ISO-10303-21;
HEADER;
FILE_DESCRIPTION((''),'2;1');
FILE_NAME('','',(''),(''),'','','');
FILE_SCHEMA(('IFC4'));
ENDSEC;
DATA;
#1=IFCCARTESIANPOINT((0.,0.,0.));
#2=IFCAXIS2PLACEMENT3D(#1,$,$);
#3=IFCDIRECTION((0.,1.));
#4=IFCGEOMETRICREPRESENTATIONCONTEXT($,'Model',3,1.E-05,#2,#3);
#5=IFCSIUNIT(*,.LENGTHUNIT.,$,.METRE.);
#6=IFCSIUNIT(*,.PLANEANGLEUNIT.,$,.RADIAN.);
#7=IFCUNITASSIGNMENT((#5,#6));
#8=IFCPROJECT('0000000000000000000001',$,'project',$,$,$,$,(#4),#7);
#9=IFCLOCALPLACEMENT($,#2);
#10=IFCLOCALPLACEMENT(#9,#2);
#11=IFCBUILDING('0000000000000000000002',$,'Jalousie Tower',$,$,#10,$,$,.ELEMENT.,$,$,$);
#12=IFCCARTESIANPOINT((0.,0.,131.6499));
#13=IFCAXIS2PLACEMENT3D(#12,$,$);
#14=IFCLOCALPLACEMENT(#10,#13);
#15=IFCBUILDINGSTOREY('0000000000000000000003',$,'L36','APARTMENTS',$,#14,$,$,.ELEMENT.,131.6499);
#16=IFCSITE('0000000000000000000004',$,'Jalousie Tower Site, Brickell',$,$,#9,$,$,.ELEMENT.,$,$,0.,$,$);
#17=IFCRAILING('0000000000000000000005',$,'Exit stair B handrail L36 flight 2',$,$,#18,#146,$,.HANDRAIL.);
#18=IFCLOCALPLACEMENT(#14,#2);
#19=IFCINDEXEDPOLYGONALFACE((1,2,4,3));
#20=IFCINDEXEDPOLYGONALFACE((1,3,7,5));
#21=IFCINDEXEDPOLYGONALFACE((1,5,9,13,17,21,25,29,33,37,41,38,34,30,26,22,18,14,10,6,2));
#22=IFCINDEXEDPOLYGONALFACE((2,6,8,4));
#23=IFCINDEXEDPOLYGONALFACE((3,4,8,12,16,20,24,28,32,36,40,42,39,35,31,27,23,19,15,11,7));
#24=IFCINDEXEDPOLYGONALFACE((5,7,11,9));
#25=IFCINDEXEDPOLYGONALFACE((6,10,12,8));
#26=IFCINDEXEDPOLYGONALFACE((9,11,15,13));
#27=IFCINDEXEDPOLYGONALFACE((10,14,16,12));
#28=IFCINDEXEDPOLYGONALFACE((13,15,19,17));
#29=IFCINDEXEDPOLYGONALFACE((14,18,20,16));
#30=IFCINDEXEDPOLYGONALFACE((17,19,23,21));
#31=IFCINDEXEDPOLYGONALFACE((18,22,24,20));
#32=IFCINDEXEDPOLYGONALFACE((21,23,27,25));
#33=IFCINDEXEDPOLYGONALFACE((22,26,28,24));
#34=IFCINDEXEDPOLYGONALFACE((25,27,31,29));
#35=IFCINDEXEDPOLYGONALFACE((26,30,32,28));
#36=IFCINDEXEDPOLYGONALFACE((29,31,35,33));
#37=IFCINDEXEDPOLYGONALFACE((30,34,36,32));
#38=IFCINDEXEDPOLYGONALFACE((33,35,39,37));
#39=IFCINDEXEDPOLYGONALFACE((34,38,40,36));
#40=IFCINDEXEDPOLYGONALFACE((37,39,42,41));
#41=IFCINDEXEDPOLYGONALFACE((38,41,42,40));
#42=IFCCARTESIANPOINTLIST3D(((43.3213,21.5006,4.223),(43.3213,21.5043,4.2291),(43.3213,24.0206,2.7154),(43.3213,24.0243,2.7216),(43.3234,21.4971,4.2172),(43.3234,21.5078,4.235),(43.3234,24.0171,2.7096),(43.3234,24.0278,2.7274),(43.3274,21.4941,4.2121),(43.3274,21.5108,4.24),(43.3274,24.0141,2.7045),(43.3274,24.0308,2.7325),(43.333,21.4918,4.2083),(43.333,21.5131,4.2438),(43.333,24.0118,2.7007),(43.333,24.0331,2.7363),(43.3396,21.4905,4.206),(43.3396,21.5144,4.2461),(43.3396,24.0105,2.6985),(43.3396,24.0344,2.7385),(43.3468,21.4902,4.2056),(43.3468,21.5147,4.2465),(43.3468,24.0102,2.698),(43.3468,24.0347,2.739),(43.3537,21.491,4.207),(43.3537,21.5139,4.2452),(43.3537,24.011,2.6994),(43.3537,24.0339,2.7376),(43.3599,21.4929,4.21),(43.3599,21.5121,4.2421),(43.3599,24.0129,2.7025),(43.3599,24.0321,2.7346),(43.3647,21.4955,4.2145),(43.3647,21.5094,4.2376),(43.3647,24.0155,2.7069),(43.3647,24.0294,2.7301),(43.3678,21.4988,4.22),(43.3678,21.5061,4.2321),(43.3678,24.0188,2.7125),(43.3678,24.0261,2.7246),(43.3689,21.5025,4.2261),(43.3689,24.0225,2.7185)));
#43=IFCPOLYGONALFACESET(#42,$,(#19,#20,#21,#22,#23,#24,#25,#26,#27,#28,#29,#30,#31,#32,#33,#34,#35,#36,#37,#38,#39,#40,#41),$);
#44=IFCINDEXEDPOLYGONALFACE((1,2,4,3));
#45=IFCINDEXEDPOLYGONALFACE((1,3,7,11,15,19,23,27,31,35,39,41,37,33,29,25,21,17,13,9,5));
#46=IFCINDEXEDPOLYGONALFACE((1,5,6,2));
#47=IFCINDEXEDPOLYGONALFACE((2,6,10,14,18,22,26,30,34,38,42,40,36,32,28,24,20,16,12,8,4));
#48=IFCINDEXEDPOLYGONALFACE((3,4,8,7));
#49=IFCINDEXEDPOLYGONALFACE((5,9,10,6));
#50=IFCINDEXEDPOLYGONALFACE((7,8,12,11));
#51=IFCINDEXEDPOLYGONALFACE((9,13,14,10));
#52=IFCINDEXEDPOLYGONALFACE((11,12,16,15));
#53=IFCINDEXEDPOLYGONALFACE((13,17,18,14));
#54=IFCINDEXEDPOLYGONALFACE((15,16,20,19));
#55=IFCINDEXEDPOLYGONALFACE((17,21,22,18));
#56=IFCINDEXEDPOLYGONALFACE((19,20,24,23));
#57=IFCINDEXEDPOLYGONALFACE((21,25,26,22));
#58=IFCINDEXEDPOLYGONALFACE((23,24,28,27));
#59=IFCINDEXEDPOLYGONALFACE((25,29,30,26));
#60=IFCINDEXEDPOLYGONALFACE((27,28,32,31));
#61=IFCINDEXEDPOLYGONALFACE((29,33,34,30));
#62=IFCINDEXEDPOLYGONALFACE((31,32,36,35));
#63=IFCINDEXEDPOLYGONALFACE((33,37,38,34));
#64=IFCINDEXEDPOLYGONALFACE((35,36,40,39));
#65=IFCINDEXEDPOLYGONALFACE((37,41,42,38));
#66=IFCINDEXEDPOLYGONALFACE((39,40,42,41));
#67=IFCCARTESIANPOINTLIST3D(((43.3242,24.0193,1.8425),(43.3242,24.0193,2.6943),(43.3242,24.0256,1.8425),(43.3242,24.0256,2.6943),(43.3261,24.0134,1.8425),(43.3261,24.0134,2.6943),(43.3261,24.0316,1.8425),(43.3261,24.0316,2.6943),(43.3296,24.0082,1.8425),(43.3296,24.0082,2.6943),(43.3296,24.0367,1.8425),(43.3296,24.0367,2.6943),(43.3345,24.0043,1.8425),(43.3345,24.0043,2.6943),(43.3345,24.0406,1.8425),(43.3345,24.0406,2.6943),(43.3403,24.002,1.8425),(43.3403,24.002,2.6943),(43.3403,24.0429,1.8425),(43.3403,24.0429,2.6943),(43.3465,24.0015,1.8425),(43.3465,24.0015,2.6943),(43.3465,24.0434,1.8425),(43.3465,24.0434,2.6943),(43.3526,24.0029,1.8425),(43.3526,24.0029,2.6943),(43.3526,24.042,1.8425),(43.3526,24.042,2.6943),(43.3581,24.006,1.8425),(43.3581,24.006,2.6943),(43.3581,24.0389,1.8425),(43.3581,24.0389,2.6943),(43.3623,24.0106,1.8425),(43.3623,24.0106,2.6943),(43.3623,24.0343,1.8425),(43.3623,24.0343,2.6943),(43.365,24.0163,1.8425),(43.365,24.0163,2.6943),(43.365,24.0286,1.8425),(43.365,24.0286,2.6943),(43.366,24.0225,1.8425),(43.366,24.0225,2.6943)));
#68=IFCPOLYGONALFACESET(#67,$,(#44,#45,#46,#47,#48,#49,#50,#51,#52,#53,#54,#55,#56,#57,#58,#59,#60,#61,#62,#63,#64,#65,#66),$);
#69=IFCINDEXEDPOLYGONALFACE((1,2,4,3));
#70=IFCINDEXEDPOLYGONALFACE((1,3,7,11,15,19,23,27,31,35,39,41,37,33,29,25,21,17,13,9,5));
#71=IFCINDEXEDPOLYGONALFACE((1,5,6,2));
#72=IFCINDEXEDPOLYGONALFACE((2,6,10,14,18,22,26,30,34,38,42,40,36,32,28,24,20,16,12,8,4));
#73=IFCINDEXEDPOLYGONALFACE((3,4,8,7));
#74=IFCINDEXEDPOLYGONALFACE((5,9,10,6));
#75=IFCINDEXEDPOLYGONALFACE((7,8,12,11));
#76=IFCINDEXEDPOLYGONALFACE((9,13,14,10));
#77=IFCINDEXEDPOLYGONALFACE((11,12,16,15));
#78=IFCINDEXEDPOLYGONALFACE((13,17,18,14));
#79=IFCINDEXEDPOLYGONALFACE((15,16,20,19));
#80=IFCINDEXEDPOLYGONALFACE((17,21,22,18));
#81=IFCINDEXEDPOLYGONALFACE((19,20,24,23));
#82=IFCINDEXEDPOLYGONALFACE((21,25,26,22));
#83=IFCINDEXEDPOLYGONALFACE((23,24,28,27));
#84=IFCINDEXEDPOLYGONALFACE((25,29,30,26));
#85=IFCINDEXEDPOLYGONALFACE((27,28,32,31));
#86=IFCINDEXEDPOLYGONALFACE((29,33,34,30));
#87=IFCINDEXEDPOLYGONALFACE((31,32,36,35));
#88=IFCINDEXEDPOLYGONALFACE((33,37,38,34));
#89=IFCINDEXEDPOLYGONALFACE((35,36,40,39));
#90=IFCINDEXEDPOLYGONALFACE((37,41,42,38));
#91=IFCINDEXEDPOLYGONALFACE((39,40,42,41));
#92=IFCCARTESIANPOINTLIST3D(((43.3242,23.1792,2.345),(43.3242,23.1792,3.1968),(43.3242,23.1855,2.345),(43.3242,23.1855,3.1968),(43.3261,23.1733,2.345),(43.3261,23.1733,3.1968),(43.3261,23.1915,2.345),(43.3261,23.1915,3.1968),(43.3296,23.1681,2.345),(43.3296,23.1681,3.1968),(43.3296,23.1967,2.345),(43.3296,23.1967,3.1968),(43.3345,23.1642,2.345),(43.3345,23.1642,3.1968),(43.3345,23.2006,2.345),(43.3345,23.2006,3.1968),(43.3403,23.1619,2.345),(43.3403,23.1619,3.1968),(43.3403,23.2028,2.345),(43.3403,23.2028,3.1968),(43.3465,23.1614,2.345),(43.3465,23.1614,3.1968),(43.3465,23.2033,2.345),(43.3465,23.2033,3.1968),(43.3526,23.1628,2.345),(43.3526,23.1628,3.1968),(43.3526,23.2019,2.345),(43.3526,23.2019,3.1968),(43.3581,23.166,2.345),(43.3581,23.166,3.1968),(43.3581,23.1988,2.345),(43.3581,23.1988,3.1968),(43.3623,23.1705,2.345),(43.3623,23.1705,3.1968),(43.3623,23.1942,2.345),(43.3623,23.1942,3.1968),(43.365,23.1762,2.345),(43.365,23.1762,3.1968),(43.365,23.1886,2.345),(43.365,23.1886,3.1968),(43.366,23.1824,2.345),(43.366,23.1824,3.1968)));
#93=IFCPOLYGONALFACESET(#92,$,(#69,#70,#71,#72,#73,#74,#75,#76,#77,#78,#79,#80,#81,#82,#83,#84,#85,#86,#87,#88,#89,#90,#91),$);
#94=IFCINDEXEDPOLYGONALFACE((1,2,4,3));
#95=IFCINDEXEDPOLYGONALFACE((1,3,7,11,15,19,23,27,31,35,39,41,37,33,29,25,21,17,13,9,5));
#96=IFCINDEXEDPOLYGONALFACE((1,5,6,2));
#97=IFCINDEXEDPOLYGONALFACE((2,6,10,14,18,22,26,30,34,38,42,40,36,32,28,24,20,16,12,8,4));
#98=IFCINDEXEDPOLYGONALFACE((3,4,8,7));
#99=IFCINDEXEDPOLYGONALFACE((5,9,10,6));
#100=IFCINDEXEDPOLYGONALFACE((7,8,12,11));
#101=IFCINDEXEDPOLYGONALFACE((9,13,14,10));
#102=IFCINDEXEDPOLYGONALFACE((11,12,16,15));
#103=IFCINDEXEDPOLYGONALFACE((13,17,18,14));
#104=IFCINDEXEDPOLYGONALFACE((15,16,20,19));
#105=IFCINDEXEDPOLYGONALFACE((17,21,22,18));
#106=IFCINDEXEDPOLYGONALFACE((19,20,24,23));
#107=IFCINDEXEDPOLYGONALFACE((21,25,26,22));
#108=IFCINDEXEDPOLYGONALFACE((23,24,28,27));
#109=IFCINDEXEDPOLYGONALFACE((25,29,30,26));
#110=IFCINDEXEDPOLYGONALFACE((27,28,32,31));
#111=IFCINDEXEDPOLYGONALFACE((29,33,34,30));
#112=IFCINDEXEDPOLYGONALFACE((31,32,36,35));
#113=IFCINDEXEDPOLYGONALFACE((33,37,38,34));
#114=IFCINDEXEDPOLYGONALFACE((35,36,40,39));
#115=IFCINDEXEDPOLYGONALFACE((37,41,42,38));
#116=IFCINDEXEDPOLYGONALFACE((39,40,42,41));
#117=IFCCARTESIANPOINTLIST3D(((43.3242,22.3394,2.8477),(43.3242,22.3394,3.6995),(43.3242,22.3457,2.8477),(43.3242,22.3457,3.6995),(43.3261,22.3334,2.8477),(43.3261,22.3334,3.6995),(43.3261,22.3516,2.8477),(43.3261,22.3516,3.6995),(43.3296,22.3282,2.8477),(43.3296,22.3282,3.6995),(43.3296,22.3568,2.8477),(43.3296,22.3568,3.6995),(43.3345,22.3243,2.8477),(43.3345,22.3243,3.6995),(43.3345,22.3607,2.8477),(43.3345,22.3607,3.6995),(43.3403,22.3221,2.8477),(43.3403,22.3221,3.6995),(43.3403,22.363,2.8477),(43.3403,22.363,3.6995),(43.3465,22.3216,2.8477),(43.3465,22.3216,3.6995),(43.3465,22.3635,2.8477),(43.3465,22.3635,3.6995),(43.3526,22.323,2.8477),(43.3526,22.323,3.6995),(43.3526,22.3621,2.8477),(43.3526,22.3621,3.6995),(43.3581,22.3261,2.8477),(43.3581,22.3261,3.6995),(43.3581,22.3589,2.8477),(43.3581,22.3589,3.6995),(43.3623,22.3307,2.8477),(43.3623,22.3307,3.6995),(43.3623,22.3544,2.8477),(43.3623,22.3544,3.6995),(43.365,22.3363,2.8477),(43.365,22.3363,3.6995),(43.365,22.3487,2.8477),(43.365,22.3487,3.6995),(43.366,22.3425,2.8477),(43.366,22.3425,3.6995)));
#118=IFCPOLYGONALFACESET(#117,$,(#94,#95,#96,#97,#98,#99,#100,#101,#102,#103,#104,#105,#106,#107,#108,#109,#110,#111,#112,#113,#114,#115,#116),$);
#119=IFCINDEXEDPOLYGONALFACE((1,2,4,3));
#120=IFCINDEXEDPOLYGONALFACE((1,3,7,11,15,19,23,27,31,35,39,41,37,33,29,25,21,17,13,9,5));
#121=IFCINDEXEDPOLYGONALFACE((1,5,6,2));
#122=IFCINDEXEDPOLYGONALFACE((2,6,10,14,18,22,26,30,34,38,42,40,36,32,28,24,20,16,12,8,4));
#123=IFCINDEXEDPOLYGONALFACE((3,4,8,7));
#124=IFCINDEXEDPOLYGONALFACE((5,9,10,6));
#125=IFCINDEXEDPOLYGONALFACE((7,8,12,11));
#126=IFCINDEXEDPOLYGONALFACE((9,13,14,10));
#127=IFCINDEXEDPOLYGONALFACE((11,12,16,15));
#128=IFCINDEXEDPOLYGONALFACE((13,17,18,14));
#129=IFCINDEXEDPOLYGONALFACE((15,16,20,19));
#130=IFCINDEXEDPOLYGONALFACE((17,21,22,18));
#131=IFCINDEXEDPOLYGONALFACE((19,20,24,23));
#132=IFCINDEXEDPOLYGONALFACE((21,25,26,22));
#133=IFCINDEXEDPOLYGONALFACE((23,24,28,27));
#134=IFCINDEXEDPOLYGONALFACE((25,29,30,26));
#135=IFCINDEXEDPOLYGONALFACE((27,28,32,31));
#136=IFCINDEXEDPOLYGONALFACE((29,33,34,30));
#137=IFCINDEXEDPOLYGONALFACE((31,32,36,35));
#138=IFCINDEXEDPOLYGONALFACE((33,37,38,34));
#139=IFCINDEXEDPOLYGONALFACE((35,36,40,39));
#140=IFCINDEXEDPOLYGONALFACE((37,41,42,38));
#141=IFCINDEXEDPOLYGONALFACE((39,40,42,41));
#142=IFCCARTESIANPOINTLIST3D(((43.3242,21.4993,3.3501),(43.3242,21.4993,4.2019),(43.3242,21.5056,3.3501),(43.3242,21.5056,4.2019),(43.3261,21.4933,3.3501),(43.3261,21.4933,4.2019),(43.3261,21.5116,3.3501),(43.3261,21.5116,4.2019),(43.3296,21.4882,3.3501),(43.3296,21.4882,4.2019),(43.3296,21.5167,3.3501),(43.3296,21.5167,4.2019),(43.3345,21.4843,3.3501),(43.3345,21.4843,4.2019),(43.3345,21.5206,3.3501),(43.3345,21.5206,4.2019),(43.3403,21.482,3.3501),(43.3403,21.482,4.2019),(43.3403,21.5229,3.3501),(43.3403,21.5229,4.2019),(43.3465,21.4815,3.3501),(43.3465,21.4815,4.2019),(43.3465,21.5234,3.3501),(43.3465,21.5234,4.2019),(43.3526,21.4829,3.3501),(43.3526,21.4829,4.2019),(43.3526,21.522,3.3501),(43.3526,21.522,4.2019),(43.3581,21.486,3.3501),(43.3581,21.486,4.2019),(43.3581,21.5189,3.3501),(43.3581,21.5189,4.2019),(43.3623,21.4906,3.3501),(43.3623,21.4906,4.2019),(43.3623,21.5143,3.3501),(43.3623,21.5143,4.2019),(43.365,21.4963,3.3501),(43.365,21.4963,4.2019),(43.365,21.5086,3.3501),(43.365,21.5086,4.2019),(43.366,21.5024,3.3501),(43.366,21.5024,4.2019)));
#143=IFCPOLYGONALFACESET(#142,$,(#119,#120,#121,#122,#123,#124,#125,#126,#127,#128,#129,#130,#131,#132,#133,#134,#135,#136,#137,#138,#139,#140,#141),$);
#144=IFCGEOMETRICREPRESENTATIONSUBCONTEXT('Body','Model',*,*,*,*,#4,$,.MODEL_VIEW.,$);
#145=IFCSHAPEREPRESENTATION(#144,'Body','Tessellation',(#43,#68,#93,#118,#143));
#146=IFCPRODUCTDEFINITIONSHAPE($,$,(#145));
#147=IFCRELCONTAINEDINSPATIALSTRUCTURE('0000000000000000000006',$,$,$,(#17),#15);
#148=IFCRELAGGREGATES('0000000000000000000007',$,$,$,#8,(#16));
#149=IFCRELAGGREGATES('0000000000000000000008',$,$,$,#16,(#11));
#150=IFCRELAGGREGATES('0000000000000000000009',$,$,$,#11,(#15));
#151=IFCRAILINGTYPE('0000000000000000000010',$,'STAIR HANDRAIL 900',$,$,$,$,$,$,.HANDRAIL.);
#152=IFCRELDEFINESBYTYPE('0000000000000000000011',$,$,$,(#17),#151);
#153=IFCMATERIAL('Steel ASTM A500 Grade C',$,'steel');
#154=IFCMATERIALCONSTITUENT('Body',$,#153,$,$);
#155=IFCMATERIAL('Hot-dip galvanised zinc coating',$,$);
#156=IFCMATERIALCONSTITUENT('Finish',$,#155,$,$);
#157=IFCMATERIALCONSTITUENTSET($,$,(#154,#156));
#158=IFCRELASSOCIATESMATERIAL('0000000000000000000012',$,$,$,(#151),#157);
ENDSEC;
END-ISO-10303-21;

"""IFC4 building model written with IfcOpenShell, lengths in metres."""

from ifc_helpers import new_model, si_unit, direction, frame, origin, origin_2d, place, context, subcontext, project, spatial, circle, extrude, material, constituent, constituent_set, type_object, element, save


model = new_model("IFC4")

# Units and contexts
model_context = context("Model", 3, precision=1e-05, world=origin(), true_north=direction((0.0, 1.0)))
body_context = subcontext(model_context, "Body", "Model", "MODEL_VIEW")
ifc_project = project(units=[si_unit("LENGTHUNIT", "METRE"), si_unit("PLANEANGLEUNIT", "RADIAN")], contexts=[model_context])

# Site, building, storey
site_placement = place(None, origin())
site = spatial("IfcSite", under=ifc_project, at=site_placement, Name="Jalousie Tower Site, Brickell", CompositionType="ELEMENT", RefElevation=0.0)
building_placement = place(site_placement, origin())
building = spatial("IfcBuilding", under=site, at=building_placement, Name="Jalousie Tower", CompositionType="ELEMENT")
storey_placement = place(building_placement, frame((0.0, 0.0, 131.6499)))
storey = spatial("IfcBuildingStorey", under=building, at=storey_placement, Name="L36", Description="APARTMENTS", CompositionType="ELEMENT", Elevation=131.6499)

# Railing
ifc_material_1 = material(Name="Steel ASTM A500 Grade C", Category="steel")
ifc_constituent_1 = constituent(ifc_material_1, Name="Body")
ifc_material_2 = material(Name="Hot-dip galvanised zinc coating")
ifc_constituent_2 = constituent(ifc_material_2, Name="Finish")
ifc_constituent_set_1 = constituent_set(constituents=[ifc_constituent_1, ifc_constituent_2])
railing_type_1 = type_object("IfcRailingType", Name="STAIR HANDRAIL 900", PredefinedType="HANDRAIL", material=ifc_constituent_set_1)
railing_1_placement = place(storey_placement, frame((43.345, 24.0225, 1.8425)))
element("IfcRailing", 1, at=railing_1_placement, inside=storey, type_object=railing_type_1, Name="Exit stair B handrail L36 flight 2", PredefinedType="HANDRAIL", context=body_context, shape_type="SweptSolid", body=[
    extrude(circle(Radius=0.0239, at=origin_2d()), frame((0.0, 0.0, 0.876), z_axis=(0.0, -0.85816, 0.513383), x_axis=(1.0, 0.0, 0.0)), (0.0, 0.0, 1.0), 2.9365),
    extrude(circle(Radius=0.021, at=origin_2d()), origin(), (0.0, 0.0, 1.0), 0.8518),
    extrude(circle(Radius=0.021, at=origin_2d()), frame((0.0, -0.8401, 0.5024)), (0.0, 0.0, 1.0), 0.8518),
    extrude(circle(Radius=0.021, at=origin_2d()), frame((0.0, -1.6799, 1.0051)), (0.0, 0.0, 1.0), 0.8518),
    extrude(circle(Radius=0.021, at=origin_2d()), frame((0.0, -2.52, 1.5076)), (0.0, 0.0, 1.0), 0.8518),
])

save(model, "model.ifc")
